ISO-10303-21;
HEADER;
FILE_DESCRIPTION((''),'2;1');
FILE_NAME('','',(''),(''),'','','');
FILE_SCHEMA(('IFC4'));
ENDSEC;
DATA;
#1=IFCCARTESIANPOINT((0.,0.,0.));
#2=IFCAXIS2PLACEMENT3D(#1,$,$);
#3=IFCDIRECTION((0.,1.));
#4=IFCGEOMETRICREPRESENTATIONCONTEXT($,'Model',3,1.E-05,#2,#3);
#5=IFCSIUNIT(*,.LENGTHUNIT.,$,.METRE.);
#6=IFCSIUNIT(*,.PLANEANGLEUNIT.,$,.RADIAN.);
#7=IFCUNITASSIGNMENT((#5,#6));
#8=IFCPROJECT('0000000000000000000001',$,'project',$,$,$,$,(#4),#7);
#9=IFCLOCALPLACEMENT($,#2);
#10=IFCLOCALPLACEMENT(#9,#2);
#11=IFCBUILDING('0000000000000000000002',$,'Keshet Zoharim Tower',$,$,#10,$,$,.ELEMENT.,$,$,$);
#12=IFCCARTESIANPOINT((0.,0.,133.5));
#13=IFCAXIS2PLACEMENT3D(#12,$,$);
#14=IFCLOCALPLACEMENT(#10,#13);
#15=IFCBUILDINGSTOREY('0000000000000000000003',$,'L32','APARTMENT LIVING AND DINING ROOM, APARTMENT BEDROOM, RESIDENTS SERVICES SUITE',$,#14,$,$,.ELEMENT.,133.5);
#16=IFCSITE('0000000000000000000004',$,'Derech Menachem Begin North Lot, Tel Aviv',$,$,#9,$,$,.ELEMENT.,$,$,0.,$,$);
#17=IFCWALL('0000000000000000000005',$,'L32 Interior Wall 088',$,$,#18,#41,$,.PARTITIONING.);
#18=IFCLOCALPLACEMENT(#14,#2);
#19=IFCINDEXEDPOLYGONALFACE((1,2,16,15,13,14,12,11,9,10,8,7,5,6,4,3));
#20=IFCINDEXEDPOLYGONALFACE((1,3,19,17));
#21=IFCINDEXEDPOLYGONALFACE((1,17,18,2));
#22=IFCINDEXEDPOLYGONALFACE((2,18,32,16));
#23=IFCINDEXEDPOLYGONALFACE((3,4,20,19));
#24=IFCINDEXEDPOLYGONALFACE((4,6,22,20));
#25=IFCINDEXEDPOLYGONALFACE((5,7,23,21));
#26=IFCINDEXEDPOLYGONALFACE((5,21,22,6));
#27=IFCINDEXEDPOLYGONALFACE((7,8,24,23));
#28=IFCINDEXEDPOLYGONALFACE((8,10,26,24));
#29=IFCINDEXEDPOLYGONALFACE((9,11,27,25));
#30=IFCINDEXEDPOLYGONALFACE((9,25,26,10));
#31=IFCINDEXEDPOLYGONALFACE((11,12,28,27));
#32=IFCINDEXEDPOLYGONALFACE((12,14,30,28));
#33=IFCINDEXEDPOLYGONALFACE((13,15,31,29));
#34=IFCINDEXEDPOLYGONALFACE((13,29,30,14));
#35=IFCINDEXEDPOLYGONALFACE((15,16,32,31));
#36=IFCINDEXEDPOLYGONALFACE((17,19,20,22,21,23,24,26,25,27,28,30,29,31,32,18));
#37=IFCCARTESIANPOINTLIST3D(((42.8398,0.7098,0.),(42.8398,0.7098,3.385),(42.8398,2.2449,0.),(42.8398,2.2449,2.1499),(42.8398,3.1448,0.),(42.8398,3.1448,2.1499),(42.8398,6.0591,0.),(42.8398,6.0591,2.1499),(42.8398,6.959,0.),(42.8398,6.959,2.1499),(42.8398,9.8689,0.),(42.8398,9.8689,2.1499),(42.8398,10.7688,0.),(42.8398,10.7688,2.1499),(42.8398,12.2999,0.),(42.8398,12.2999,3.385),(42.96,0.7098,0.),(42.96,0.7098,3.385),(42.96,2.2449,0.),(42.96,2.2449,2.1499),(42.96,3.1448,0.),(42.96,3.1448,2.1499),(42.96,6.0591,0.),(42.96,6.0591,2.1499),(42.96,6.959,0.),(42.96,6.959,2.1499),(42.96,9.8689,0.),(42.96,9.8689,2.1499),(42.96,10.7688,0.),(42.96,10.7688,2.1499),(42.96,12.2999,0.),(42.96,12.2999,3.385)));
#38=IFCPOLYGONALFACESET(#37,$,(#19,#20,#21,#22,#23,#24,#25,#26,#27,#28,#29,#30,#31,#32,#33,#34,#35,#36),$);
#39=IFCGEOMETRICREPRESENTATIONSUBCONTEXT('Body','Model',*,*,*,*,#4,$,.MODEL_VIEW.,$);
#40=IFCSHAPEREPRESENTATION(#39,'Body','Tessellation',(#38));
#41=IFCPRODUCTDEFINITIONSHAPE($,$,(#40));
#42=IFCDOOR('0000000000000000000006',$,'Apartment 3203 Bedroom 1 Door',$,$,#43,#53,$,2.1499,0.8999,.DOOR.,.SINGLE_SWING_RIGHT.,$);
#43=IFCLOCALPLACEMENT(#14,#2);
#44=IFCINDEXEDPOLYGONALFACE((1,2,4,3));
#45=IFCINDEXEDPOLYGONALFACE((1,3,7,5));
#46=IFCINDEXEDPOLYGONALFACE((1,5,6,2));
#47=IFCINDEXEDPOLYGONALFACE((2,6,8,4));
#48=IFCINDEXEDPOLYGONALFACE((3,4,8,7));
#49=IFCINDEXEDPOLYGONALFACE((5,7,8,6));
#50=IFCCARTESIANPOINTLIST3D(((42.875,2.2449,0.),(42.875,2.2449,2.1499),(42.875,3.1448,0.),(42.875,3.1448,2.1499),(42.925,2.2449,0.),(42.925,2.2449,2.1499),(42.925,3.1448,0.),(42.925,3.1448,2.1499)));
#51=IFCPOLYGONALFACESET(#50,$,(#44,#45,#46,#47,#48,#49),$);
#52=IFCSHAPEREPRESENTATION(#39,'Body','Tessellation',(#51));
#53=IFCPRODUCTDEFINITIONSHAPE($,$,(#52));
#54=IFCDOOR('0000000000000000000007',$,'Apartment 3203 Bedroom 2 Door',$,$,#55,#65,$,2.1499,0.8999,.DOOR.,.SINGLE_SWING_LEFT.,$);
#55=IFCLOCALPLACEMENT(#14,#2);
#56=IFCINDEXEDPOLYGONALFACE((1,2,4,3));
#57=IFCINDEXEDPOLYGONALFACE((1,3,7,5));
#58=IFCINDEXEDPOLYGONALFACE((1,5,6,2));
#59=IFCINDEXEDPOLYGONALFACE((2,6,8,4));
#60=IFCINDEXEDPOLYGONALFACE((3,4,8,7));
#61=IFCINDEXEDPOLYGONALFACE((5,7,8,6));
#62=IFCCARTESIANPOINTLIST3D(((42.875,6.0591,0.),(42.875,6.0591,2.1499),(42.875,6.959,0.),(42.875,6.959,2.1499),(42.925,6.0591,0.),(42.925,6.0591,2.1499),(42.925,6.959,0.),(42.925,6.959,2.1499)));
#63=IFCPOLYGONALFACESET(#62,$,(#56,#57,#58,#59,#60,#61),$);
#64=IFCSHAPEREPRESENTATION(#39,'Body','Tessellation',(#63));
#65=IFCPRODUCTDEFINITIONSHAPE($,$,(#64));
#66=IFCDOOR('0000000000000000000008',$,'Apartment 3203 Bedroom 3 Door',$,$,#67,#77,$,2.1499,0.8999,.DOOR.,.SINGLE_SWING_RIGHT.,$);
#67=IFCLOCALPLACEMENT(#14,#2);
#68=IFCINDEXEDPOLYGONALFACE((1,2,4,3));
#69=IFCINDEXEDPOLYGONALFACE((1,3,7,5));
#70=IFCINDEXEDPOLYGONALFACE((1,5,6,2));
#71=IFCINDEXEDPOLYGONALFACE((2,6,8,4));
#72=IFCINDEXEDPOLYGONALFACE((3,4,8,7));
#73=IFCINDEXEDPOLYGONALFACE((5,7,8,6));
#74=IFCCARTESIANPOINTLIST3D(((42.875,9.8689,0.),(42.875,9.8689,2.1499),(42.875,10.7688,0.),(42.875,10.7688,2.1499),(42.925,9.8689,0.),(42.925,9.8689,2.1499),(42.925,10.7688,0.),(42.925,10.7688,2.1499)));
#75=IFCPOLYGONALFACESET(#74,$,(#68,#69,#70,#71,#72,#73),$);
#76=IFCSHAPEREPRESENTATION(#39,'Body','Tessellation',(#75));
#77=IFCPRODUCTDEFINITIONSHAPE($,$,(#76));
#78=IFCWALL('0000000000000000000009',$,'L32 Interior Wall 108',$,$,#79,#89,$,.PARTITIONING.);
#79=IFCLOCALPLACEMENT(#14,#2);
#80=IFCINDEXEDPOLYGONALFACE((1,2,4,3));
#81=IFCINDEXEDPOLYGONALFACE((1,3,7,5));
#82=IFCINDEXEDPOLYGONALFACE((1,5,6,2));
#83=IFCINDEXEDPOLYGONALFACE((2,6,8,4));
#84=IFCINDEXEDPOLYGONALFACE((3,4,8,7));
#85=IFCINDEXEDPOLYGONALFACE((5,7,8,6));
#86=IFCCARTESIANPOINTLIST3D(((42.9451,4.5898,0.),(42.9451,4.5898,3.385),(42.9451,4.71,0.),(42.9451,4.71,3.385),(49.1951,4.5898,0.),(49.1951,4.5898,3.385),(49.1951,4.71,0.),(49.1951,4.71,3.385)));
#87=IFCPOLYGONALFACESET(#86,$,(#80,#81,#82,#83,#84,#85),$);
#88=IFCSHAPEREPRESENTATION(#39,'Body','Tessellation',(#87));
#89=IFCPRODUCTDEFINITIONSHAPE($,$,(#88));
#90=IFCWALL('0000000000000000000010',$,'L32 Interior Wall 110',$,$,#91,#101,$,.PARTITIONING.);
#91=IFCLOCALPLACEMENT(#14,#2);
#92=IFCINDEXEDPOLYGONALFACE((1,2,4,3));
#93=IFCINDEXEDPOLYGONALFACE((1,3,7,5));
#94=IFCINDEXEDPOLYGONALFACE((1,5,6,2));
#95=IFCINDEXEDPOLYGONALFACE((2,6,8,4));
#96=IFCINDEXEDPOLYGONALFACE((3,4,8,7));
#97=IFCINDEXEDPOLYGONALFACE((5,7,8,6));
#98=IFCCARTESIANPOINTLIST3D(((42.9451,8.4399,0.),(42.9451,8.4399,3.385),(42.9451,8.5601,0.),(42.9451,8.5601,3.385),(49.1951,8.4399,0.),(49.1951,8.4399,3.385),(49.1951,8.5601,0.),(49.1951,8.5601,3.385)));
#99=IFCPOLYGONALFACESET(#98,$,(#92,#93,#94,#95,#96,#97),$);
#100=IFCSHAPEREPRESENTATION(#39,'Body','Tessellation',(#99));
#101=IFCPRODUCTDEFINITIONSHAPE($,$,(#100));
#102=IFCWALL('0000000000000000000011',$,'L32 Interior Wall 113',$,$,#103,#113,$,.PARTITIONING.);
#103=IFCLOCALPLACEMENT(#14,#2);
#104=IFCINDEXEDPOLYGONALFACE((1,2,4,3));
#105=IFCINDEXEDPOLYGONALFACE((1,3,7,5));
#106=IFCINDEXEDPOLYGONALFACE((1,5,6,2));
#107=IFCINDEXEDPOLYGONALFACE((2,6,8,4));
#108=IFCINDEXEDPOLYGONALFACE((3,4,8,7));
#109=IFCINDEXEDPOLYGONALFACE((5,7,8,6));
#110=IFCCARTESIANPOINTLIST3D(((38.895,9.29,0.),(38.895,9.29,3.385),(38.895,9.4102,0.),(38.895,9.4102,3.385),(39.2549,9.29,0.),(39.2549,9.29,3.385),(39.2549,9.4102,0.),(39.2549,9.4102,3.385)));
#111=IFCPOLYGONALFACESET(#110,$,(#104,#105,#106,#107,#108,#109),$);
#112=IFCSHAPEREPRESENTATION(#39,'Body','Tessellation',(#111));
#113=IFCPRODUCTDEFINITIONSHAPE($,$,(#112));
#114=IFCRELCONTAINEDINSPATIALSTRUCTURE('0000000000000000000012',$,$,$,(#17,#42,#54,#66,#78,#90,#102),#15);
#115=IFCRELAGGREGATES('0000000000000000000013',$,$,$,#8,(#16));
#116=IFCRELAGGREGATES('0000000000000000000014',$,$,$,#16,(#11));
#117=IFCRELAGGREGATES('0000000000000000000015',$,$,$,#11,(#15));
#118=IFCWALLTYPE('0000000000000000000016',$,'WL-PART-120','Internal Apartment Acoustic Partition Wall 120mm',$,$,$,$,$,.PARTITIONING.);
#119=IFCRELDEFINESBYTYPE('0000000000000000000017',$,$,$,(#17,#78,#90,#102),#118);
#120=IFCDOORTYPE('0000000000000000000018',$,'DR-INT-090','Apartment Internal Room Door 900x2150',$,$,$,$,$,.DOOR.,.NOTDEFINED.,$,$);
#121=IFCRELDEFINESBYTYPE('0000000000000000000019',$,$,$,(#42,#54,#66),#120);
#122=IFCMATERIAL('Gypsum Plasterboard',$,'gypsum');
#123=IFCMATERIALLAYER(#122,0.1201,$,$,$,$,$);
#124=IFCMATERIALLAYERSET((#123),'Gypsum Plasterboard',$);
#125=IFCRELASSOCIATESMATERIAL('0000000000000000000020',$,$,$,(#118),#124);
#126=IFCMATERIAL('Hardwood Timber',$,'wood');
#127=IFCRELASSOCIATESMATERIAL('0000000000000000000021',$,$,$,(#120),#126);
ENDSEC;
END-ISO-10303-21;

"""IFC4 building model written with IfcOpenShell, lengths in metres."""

from ifc_helpers import new_model, si_unit, direction, frame, frame_2d, origin, place, context, subcontext, project, spatial, rectangle, extrude, material, layer, layer_set, type_object, element, fill, save


model = new_model("IFC4")

# Units and contexts
model_context = context("Model", 3, precision=1e-05, world=origin(), true_north=direction((0.0, 1.0)))
body_context = subcontext(model_context, "Body", "Model", "MODEL_VIEW")
ifc_project = project(units=[si_unit("LENGTHUNIT", "METRE"), si_unit("PLANEANGLEUNIT", "RADIAN")], contexts=[model_context])

# Site, building, storey
site_placement = place(None, origin())
site = spatial("IfcSite", under=ifc_project, at=site_placement, Name="Derech Menachem Begin North Lot, Tel Aviv", CompositionType="ELEMENT", RefElevation=0.0)
building_placement = place(site_placement, origin())
building = spatial("IfcBuilding", under=site, at=building_placement, Name="Keshet Zoharim Tower", CompositionType="ELEMENT")
storey_placement = place(building_placement, frame((0.0, 0.0, 133.5)))
storey = spatial("IfcBuildingStorey", under=building, at=storey_placement, Name="L32", Description="APARTMENT LIVING AND DINING ROOM, APARTMENT BEDROOM, RESIDENTS SERVICES SUITE", CompositionType="ELEMENT", Elevation=133.5)

# Shared definitions
ifc_material_1 = material(Name="Gypsum Plasterboard", Category="gypsum")
ifc_layer_1 = layer(ifc_material_1, 0.1201)
ifc_layer_set_1 = layer_set([ifc_layer_1], Name="Gypsum Plasterboard")
wall_type = type_object("IfcWallType", Name="WL-PART-120", Description="Internal Apartment Acoustic Partition Wall 120mm", PredefinedType="PARTITIONING", material=ifc_layer_set_1)

# Wall, openings, doors
wall_1_placement = place(storey_placement, frame((42.8999, 0.71, 0.0), z_axis=(0.0, 0.0, 1.0), x_axis=(0.0, 1.0, 0.0)))
wall_1 = element("IfcWall", 1, at=wall_1_placement, inside=storey, type_object=wall_type, Name="L32 Interior Wall 088", PredefinedType="PARTITIONING", context=body_context, shape_type="SweptSolid", body=[
    extrude(rectangle(XDim=11.5901, YDim=0.1201, at=frame_2d((5.7949, 0.0))), origin(), (0.0, 0.0, 1.0), 3.385),
])
opening_1_placement = place(wall_1_placement, frame((1.5349, 0.0, 0.0)))
opening_1 = element("IfcOpeningElement", 2, at=opening_1_placement, cuts=wall_1, PredefinedType="OPENING", context=body_context, shape_type="SweptSolid", body=[
    extrude(rectangle(XDim=0.8999, YDim=2.1499, at=frame_2d((0.45, 1.075))), frame((0.0, 0.0701, 0.0), z_axis=(0.0, -1.0, 0.0), x_axis=(1.0, 0.0, 0.0)), (0.0, 0.0, 1.0), 0.1401),
])
opening_2_placement = place(wall_1_placement, frame((5.3491, 0.0, 0.0)))
opening_2 = element("IfcOpeningElement", 3, at=opening_2_placement, cuts=wall_1, PredefinedType="OPENING", context=body_context, shape_type="SweptSolid", body=[
    extrude(rectangle(XDim=0.8999, YDim=2.1499, at=frame_2d((0.45, 1.075))), frame((0.0, 0.0701, 0.0), z_axis=(0.0, -1.0, 0.0), x_axis=(1.0, 0.0, 0.0)), (0.0, 0.0, 1.0), 0.1401),
])
opening_3_placement = place(wall_1_placement, frame((9.1589, 0.0, 0.0)))
opening_3 = element("IfcOpeningElement", 4, at=opening_3_placement, cuts=wall_1, PredefinedType="OPENING", context=body_context, shape_type="SweptSolid", body=[
    extrude(rectangle(XDim=0.8999, YDim=2.1499, at=frame_2d((0.45, 1.075))), frame((0.0, 0.0701, 0.0), z_axis=(0.0, -1.0, 0.0), x_axis=(1.0, 0.0, 0.0)), (0.0, 0.0, 1.0), 0.1401),
])
ifc_material_2 = material(Name="Hardwood Timber", Category="wood")
door_type = type_object("IfcDoorType", Name="DR-INT-090", Description="Apartment Internal Room Door 900x2150", OperationType="NOTDEFINED", PredefinedType="DOOR", material=ifc_material_2)
door_1_placement = place(opening_1_placement, origin())
door_1 = element("IfcDoor", 5, at=door_1_placement, inside=storey, type_object=door_type, Name="Apartment 3203 Bedroom 1 Door", OperationType="SINGLE_SWING_RIGHT", OverallHeight=2.1499, OverallWidth=0.8999, PredefinedType="DOOR", context=body_context, shape_type="SweptSolid", body=[
    extrude(rectangle(XDim=0.8999, YDim=2.1499, at=frame_2d((0.45, 1.075))), frame((0.0, 0.0249, 0.0), z_axis=(0.0, -1.0, 0.0), x_axis=(1.0, 0.0, 0.0)), (0.0, 0.0, 1.0), 0.05),
])
fill(opening_1, door_1)
door_2_placement = place(opening_2_placement, origin())
door_2 = element("IfcDoor", 6, at=door_2_placement, inside=storey, type_object=door_type, Name="Apartment 3203 Bedroom 2 Door", OperationType="SINGLE_SWING_LEFT", OverallHeight=2.1499, OverallWidth=0.8999, PredefinedType="DOOR", context=body_context, shape_type="SweptSolid", body=[
    extrude(rectangle(XDim=0.8999, YDim=2.1499, at=frame_2d((0.45, 1.075))), frame((0.0, 0.0249, 0.0), z_axis=(0.0, -1.0, 0.0), x_axis=(1.0, 0.0, 0.0)), (0.0, 0.0, 1.0), 0.05),
])
fill(opening_2, door_2)
door_3_placement = place(opening_3_placement, origin())
door_3 = element("IfcDoor", 7, at=door_3_placement, inside=storey, type_object=door_type, Name="Apartment 3203 Bedroom 3 Door", OperationType="SINGLE_SWING_RIGHT", OverallHeight=2.1499, OverallWidth=0.8999, PredefinedType="DOOR", context=body_context, shape_type="SweptSolid", body=[
    extrude(rectangle(XDim=0.8999, YDim=2.1499, at=frame_2d((0.45, 1.075))), frame((0.0, 0.0249, 0.0), z_axis=(0.0, -1.0, 0.0), x_axis=(1.0, 0.0, 0.0)), (0.0, 0.0, 1.0), 0.05),
])
fill(opening_3, door_3)

# Walls
for number, where, z_axis, x_axis, name in (
    (8, (42.9451, 4.6499, 0.0), (0.0, 0.0, 1.0), (1.0, 0.0, 0.0), "L32 Interior Wall 108"),
    (9, (42.9451, 8.5, 0.0), (0.0, 0.0, 1.0), (1.0, 0.0, 0.0), "L32 Interior Wall 110"),
):
    element("IfcWall", number, at=place(storey_placement, frame(where, z_axis=z_axis, x_axis=x_axis)), inside=storey, type_object=wall_type, Name=name, PredefinedType="PARTITIONING", context=body_context, shape_type="SweptSolid", body=[
        extrude(rectangle(XDim=6.25, YDim=0.1201, at=frame_2d((3.125, 0.0))), origin(), (0.0, 0.0, 1.0), 3.385),
    ])
wall_2_placement = place(storey_placement, frame((38.895, 9.3501, 0.0), z_axis=(0.0, 0.0, 1.0), x_axis=(1.0, 0.0, 0.0)))
element("IfcWall", 10, at=wall_2_placement, inside=storey, type_object=wall_type, Name="L32 Interior Wall 113", PredefinedType="PARTITIONING", context=body_context, shape_type="SweptSolid", body=[
    extrude(rectangle(XDim=0.3599, YDim=0.1201, at=frame_2d((0.1799, 0.0))), origin(), (0.0, 0.0, 1.0), 3.385),
])

save(model, "model.ifc")
